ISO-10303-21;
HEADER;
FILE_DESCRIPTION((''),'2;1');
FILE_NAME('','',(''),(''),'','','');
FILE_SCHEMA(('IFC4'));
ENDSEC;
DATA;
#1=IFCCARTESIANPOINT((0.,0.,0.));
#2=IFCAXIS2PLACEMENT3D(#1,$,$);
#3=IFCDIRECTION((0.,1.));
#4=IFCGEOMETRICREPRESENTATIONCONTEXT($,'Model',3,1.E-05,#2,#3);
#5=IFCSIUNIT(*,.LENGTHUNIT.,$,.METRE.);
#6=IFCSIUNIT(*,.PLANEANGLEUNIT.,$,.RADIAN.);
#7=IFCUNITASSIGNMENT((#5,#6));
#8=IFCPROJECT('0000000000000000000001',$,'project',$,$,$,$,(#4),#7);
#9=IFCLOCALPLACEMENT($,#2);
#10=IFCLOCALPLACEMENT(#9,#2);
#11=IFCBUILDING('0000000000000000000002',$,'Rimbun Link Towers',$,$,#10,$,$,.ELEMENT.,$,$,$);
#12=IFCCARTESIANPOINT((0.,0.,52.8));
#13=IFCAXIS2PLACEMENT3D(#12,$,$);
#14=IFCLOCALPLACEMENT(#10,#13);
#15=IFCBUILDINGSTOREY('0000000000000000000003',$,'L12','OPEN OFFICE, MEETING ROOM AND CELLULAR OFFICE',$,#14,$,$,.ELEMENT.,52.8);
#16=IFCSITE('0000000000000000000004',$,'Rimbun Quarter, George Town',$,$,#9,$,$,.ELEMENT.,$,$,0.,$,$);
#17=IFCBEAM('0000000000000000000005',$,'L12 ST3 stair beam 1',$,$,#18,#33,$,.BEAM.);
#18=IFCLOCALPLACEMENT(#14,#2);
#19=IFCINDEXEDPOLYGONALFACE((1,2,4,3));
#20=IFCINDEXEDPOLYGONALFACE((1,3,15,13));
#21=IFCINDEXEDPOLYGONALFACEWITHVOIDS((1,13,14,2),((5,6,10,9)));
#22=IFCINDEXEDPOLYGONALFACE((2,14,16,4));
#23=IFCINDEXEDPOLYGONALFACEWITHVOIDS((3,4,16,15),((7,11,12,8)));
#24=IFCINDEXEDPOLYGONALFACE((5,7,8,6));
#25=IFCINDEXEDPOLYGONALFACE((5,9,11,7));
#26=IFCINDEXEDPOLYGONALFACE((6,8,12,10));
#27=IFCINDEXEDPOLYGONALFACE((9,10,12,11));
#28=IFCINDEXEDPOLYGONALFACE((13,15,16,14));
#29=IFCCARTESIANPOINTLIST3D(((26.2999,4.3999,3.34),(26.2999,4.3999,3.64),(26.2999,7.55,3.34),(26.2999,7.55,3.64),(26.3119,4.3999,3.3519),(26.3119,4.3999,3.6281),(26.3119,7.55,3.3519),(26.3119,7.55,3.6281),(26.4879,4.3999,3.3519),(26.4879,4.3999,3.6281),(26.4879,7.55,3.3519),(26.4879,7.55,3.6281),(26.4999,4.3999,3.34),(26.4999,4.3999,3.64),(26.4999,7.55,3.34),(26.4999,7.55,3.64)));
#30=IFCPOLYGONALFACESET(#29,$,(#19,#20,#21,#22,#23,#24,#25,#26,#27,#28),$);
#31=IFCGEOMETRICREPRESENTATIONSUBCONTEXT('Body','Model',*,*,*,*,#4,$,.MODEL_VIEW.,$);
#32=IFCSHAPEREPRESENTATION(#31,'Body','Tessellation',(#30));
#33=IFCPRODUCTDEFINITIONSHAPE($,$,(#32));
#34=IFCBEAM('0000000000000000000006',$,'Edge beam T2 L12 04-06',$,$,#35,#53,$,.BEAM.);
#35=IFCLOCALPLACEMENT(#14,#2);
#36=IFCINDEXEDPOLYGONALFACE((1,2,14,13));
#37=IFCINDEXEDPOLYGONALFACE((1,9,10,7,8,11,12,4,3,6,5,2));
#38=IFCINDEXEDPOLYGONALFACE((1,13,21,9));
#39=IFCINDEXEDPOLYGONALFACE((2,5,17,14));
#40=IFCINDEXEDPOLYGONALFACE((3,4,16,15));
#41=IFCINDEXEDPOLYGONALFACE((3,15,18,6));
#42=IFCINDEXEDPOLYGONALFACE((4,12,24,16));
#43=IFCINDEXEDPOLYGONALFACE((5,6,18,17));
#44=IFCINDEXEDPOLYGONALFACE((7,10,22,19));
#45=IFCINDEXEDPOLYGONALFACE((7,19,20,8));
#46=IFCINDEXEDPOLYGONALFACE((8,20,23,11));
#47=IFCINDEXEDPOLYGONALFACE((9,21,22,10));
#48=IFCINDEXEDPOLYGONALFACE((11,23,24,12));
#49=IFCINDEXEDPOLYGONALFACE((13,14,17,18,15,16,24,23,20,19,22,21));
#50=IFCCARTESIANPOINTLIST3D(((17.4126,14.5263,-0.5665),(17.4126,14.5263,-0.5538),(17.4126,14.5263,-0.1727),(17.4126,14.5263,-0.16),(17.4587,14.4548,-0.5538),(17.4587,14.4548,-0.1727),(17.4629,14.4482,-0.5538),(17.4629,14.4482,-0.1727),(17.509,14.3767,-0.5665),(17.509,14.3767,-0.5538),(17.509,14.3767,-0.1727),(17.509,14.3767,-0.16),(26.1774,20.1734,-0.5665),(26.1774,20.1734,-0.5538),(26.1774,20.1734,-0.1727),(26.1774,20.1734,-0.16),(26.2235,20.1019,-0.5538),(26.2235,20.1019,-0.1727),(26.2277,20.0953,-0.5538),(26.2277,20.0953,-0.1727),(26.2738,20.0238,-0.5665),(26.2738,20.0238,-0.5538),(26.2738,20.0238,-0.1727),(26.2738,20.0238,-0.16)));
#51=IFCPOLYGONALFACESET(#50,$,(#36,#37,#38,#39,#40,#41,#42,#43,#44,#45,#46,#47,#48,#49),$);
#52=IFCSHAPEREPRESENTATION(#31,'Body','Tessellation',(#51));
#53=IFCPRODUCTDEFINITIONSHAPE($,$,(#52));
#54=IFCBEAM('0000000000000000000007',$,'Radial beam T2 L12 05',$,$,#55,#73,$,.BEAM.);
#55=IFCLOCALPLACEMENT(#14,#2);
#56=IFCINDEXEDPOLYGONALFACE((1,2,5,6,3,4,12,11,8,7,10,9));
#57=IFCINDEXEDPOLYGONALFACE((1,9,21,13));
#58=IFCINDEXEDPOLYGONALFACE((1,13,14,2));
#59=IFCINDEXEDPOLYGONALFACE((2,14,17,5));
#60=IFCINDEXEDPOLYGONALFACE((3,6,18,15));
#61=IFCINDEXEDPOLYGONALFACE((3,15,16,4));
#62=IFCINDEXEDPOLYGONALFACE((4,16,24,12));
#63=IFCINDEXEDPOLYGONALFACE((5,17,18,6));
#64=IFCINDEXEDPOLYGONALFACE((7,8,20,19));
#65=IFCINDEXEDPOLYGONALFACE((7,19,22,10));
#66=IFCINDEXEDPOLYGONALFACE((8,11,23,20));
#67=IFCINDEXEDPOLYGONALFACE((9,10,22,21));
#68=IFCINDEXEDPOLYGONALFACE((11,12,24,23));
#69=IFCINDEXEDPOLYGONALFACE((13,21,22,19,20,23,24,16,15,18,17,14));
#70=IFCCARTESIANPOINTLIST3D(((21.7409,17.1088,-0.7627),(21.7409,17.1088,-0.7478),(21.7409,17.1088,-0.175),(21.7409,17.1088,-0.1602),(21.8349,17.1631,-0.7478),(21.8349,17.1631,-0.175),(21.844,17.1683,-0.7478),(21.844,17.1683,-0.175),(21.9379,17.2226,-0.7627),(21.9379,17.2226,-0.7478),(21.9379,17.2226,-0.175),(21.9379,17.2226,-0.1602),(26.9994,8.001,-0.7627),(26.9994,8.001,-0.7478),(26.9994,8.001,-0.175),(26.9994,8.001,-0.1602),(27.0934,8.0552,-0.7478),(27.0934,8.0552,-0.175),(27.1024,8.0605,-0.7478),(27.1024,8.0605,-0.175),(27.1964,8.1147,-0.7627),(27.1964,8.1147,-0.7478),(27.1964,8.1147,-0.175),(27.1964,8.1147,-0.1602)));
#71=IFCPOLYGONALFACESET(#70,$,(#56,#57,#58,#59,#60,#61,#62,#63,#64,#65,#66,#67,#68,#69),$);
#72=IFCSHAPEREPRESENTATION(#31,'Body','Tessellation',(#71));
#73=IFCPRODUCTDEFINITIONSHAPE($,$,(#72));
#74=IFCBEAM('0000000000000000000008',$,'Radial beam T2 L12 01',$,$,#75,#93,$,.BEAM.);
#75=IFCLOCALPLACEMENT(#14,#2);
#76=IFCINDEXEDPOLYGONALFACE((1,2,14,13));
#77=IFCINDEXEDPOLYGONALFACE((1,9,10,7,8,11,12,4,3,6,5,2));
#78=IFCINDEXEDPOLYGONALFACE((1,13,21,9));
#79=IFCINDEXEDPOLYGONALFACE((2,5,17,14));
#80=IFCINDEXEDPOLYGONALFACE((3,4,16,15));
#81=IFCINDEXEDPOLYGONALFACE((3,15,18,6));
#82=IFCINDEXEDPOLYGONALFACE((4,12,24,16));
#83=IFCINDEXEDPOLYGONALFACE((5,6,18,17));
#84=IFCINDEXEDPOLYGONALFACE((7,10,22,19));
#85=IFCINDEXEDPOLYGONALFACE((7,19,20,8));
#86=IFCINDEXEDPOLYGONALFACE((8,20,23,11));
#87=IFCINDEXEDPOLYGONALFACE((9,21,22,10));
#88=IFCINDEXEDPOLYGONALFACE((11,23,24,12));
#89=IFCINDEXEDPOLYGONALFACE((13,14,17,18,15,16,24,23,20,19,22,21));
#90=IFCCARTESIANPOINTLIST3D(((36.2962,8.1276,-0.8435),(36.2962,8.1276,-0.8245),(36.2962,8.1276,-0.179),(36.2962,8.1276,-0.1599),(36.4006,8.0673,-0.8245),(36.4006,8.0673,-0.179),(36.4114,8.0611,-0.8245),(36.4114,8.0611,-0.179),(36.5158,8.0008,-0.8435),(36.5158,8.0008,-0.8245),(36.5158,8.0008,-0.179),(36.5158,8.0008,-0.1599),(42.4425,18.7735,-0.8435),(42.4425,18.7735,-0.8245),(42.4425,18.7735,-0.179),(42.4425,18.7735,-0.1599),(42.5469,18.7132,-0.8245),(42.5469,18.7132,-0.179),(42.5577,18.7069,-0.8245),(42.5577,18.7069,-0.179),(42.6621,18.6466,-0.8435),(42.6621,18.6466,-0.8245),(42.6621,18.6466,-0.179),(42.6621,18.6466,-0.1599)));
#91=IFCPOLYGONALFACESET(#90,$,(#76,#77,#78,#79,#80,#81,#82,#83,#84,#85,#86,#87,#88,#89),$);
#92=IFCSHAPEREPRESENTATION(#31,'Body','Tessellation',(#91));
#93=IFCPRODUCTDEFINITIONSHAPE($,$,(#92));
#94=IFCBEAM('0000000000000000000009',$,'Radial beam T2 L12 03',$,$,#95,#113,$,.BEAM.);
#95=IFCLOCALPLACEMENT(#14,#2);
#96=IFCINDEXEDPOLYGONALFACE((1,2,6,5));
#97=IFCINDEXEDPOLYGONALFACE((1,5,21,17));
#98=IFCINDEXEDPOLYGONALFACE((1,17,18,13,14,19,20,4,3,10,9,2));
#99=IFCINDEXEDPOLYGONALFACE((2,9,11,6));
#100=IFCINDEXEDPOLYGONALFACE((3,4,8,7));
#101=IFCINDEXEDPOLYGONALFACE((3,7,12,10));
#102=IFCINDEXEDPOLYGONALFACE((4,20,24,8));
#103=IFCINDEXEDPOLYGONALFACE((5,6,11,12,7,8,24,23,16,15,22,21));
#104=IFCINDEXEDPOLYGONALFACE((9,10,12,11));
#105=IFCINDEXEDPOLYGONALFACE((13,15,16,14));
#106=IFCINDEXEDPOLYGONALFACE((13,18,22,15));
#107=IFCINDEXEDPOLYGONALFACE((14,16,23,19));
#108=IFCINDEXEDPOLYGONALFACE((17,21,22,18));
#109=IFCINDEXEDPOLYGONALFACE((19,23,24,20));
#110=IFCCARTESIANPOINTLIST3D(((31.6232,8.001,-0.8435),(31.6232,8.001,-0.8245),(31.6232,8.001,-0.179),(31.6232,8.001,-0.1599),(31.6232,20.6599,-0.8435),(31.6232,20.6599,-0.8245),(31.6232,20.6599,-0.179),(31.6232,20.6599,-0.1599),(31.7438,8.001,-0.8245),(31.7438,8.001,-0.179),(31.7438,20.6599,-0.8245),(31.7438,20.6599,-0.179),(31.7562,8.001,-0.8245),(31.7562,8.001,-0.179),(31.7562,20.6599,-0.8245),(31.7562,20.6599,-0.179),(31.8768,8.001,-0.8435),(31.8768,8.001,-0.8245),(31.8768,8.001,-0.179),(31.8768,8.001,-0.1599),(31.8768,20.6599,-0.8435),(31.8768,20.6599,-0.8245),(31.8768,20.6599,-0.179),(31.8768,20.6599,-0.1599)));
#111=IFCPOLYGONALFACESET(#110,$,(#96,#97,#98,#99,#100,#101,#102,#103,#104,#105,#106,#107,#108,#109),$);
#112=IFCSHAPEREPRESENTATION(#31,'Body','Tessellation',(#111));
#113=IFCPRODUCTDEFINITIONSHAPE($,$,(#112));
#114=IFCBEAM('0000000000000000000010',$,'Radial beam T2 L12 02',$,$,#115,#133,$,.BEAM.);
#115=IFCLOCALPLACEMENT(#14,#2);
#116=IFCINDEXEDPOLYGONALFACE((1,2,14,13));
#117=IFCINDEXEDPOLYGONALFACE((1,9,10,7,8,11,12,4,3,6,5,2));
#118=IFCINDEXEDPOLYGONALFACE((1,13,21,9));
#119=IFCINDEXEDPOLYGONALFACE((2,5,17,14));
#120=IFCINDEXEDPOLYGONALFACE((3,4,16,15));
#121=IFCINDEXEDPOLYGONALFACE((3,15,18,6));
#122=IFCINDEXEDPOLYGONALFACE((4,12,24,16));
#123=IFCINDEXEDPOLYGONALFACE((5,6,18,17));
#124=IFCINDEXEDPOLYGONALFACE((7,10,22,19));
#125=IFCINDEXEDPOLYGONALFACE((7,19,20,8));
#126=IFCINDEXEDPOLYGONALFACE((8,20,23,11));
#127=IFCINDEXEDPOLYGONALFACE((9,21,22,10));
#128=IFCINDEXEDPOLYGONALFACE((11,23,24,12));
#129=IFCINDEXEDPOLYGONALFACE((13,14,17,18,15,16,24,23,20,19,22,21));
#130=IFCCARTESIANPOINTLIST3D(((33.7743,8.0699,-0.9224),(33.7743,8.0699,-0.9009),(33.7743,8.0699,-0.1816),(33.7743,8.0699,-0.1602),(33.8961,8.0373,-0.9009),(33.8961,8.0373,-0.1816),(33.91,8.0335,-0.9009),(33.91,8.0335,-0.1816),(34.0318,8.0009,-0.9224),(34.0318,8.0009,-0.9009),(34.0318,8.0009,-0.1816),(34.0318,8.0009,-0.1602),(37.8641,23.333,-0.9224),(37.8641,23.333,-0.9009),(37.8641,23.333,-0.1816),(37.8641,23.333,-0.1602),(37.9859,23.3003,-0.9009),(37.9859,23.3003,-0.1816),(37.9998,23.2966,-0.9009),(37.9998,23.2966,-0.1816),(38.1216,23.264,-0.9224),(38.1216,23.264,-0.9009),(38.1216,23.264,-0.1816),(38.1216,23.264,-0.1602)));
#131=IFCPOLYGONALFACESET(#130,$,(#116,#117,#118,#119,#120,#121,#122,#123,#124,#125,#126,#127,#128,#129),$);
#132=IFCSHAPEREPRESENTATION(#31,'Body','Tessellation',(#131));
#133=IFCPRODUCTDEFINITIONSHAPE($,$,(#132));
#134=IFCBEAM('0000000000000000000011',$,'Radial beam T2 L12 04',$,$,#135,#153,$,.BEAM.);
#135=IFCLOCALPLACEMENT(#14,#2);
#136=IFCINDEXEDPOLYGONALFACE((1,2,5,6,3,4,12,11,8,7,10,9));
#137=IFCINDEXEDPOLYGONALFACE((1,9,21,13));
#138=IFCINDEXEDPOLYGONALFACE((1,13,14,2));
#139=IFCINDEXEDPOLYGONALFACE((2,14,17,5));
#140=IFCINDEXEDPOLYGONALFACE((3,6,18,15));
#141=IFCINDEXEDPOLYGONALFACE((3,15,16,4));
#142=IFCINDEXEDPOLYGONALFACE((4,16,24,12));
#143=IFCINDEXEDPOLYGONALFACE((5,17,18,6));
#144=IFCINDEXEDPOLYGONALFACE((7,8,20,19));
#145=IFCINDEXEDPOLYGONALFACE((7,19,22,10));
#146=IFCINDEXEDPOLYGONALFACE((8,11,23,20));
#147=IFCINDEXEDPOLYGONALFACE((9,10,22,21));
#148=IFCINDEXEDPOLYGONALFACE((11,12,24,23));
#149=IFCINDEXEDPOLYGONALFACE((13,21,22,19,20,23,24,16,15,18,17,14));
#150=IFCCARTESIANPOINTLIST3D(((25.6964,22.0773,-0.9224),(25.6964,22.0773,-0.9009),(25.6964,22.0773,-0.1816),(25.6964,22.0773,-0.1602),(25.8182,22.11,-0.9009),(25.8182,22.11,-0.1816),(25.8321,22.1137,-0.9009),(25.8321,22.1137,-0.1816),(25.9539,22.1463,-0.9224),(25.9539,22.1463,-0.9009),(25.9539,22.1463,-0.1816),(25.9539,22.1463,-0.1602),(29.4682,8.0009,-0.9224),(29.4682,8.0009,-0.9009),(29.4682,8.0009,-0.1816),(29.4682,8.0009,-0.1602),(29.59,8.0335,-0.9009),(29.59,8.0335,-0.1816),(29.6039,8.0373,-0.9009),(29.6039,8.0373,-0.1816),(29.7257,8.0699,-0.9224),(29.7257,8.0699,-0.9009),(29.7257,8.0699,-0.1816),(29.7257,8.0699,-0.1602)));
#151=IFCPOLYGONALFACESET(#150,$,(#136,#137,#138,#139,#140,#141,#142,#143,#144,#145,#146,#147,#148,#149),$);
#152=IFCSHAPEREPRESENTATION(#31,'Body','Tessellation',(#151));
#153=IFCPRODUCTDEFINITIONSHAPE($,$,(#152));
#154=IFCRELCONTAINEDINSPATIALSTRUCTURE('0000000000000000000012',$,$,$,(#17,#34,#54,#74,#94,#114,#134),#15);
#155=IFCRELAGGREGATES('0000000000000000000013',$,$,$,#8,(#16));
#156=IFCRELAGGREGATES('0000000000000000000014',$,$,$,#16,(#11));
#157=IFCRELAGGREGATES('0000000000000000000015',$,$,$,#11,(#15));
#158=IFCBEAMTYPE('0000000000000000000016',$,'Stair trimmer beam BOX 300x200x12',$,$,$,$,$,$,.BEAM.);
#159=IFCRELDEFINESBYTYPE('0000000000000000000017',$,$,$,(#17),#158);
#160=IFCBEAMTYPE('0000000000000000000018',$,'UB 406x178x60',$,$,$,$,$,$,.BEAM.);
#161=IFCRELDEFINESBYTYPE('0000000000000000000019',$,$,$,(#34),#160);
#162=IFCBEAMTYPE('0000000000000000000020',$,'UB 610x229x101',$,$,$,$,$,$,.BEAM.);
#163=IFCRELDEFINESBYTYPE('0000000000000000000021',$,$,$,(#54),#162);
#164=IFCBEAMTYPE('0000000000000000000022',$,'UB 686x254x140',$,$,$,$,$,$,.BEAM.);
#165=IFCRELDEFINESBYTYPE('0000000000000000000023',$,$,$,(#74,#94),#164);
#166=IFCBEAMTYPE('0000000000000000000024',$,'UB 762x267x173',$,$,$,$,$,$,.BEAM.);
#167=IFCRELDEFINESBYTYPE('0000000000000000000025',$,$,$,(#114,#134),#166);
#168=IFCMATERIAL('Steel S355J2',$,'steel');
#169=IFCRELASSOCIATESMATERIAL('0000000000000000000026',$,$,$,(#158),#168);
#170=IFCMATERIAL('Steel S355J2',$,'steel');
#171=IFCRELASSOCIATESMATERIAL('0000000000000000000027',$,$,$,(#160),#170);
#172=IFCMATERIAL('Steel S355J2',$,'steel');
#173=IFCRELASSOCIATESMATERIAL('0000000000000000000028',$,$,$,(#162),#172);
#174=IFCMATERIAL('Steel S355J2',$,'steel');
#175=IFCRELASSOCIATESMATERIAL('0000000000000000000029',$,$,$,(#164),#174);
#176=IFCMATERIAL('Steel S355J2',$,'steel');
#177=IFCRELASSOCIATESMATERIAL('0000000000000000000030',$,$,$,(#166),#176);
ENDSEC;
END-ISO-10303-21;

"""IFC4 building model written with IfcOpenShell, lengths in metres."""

from ifc_helpers import new_model, si_unit, direction, frame, origin, origin_2d, place, context, subcontext, project, spatial, hollow_rectangle, i_section, extrude, material, material_profile, profile_set, type_object, element, save


model = new_model("IFC4")

# Units and contexts
model_context = context("Model", 3, precision=1e-05, world=origin(), true_north=direction((0.0, 1.0)))
body_context = subcontext(model_context, "Body", "Model", "MODEL_VIEW")
ifc_project = project(units=[si_unit("LENGTHUNIT", "METRE"), si_unit("PLANEANGLEUNIT", "RADIAN")], contexts=[model_context])

# Site, building, storey
site_placement = place(None, origin())
site = spatial("IfcSite", under=ifc_project, at=site_placement, Name="Rimbun Quarter, George Town", CompositionType="ELEMENT", RefElevation=0.0)
building_placement = place(site_placement, origin())
building = spatial("IfcBuilding", under=site, at=building_placement, Name="Rimbun Link Towers", CompositionType="ELEMENT")
storey_placement = place(building_placement, frame((0.0, 0.0, 52.8)))
storey = spatial("IfcBuildingStorey", under=building, at=storey_placement, Name="L12", Description="OPEN OFFICE, MEETING ROOM AND CELLULAR OFFICE", CompositionType="ELEMENT", Elevation=52.8)

# Beams
ifc_material_1 = material(Name="Steel S355J2", Category="steel")
ifc_material_profile_1 = material_profile(ifc_material_1, hollow_rectangle(XDim=0.2, YDim=0.3, WallThickness=0.012, at=origin_2d()), Name="BOX 300x200x12")
ifc_profile_set_1 = profile_set([ifc_material_profile_1], Name="Steel S355J2")
beam_type_1 = type_object("IfcBeamType", Name="Stair trimmer beam BOX 300x200x12", PredefinedType="BEAM", material=ifc_profile_set_1)
beam_1_placement = place(storey_placement, frame((26.3999, 7.55, 3.49), z_axis=(0.0, -1.0, 0.0), x_axis=(1.0, 0.0, 0.0)))
element("IfcBeam", 1, at=beam_1_placement, inside=storey, type_object=beam_type_1, Name="L12 ST3 stair beam 1", PredefinedType="BEAM", context=body_context, shape_type="SweptSolid", body=[
    extrude(hollow_rectangle(XDim=0.2, YDim=0.3, WallThickness=0.012, at=origin_2d()), origin(), (0.0, 0.0, 1.0), 3.1501),
])
ifc_material_2 = material(Name="Steel S355J2", Category="steel")
ifc_material_profile_2 = material_profile(ifc_material_2, i_section(OverallWidth=0.178, OverallDepth=0.4065, WebThickness=0.0078, FlangeThickness=0.0127, at=origin_2d()), Name="UB 406x178x60")
ifc_profile_set_2 = profile_set([ifc_material_profile_2], Name="Steel S355J2")
beam_type_2 = type_object("IfcBeamType", Name="UB 406x178x60", PredefinedType="BEAM", material=ifc_profile_set_2)
beam_2_placement = place(storey_placement, frame((26.2256, 20.0986, -0.3633), z_axis=(-0.840626, -0.541615, 0.0), x_axis=(0.541615, -0.840626, 0.0)))
element("IfcBeam", 2, at=beam_2_placement, inside=storey, type_object=beam_type_2, Name="Edge beam T2 L12 04-06", PredefinedType="BEAM", context=body_context, shape_type="SweptSolid", body=[
    extrude(i_section(OverallWidth=0.178, OverallDepth=0.4065, WebThickness=0.0078, FlangeThickness=0.0127, at=origin_2d()), origin(), (0.0, 0.0, 1.0), 10.4265),
])
ifc_material_3 = material(Name="Steel S355J2", Category="steel")
ifc_material_profile_3 = material_profile(ifc_material_3, i_section(OverallWidth=0.2275, OverallDepth=0.6025, WebThickness=0.0105, FlangeThickness=0.0149, at=origin_2d()), Name="UB 610x229x101")
ifc_profile_set_3 = profile_set([ifc_material_profile_3], Name="Steel S355J2")
beam_type_3 = type_object("IfcBeamType", Name="UB 610x229x101", PredefinedType="BEAM", material=ifc_profile_set_3)
beam_3_placement = place(storey_placement, frame((27.0979, 8.0579, -0.4614), z_axis=(-0.500006, 0.866022, 0.0), x_axis=(-0.866022, -0.500006, 0.0)))
element("IfcBeam", 3, at=beam_3_placement, inside=storey, type_object=beam_type_3, Name="Radial beam T2 L12 05", PredefinedType="BEAM", context=body_context, shape_type="SweptSolid", body=[
    extrude(i_section(OverallWidth=0.2275, OverallDepth=0.6025, WebThickness=0.0105, FlangeThickness=0.0149, at=origin_2d()), origin(), (0.0, 0.0, 1.0), 10.5168),
])
ifc_material_4 = material(Name="Steel S355J2", Category="steel")
ifc_material_profile_4 = material_profile(ifc_material_4, i_section(OverallWidth=0.2537, OverallDepth=0.6836, WebThickness=0.0125, FlangeThickness=0.019, at=origin_2d()), Name="UB 686x254x140")
ifc_profile_set_4 = profile_set([ifc_material_profile_4], Name="Steel S355J2")
beam_type_4 = type_object("IfcBeamType", Name="UB 686x254x140", PredefinedType="BEAM", material=ifc_profile_set_4)
beam_4_placement = place(storey_placement, frame((36.406, 8.0642, -0.5017), z_axis=(0.499995, 0.866028, 0.0), x_axis=(-0.866028, 0.499995, 0.0)))
element("IfcBeam", 4, at=beam_4_placement, inside=storey, type_object=beam_type_4, Name="Radial beam T2 L12 01", PredefinedType="BEAM", context=body_context, shape_type="SweptSolid", body=[
    extrude(i_section(OverallWidth=0.2537, OverallDepth=0.6836, WebThickness=0.0125, FlangeThickness=0.019, at=origin_2d()), origin(), (0.0, 0.0, 1.0), 12.2927),
])
beam_5_placement = place(storey_placement, frame((31.75, 8.001, -0.5017), z_axis=(0.0, 1.0, 0.0), x_axis=(-1.0, 0.0, 0.0)))
element("IfcBeam", 5, at=beam_5_placement, inside=storey, type_object=beam_type_4, Name="Radial beam T2 L12 03", PredefinedType="BEAM", context=body_context, shape_type="SweptSolid", body=[
    extrude(i_section(OverallWidth=0.2537, OverallDepth=0.6836, WebThickness=0.0125, FlangeThickness=0.019, at=origin_2d()), origin(), (0.0, 0.0, 1.0), 12.6589),
])
ifc_material_5 = material(Name="Steel S355J2", Category="steel")
ifc_material_profile_5 = material_profile(ifc_material_5, i_section(OverallWidth=0.2666, OverallDepth=0.7622, WebThickness=0.0144, FlangeThickness=0.0215, at=origin_2d()), Name="UB 762x267x173")
ifc_profile_set_5 = profile_set([ifc_material_profile_5], Name="Steel S355J2")
beam_type_5 = type_object("IfcBeamType", Name="UB 762x267x173", PredefinedType="BEAM", material=ifc_profile_set_5)
beam_6_placement = place(storey_placement, frame((33.9031, 8.0354, -0.5413), z_axis=(0.258824, 0.965924, 0.0), x_axis=(-0.965924, 0.258824, 0.0)))
element("IfcBeam", 6, at=beam_6_placement, inside=storey, type_object=beam_type_5, Name="Radial beam T2 L12 02", PredefinedType="BEAM", context=body_context, shape_type="SweptSolid", body=[
    extrude(i_section(OverallWidth=0.2666, OverallDepth=0.7622, WebThickness=0.0144, FlangeThickness=0.0215, at=origin_2d()), origin(), (0.0, 0.0, 1.0), 15.8015),
])
beam_7_placement = place(storey_placement, frame((29.5969, 8.0354, -0.5413), z_axis=(-0.258817, 0.965926, 0.0), x_axis=(-0.965926, -0.258817, 0.0)))
element("IfcBeam", 7, at=beam_7_placement, inside=storey, type_object=beam_type_5, Name="Radial beam T2 L12 04", PredefinedType="BEAM", context=body_context, shape_type="SweptSolid", body=[
    extrude(i_section(OverallWidth=0.2666, OverallDepth=0.7622, WebThickness=0.0144, FlangeThickness=0.0215, at=origin_2d()), origin(), (0.0, 0.0, 1.0), 14.573),
])

save(model, "model.ifc")
